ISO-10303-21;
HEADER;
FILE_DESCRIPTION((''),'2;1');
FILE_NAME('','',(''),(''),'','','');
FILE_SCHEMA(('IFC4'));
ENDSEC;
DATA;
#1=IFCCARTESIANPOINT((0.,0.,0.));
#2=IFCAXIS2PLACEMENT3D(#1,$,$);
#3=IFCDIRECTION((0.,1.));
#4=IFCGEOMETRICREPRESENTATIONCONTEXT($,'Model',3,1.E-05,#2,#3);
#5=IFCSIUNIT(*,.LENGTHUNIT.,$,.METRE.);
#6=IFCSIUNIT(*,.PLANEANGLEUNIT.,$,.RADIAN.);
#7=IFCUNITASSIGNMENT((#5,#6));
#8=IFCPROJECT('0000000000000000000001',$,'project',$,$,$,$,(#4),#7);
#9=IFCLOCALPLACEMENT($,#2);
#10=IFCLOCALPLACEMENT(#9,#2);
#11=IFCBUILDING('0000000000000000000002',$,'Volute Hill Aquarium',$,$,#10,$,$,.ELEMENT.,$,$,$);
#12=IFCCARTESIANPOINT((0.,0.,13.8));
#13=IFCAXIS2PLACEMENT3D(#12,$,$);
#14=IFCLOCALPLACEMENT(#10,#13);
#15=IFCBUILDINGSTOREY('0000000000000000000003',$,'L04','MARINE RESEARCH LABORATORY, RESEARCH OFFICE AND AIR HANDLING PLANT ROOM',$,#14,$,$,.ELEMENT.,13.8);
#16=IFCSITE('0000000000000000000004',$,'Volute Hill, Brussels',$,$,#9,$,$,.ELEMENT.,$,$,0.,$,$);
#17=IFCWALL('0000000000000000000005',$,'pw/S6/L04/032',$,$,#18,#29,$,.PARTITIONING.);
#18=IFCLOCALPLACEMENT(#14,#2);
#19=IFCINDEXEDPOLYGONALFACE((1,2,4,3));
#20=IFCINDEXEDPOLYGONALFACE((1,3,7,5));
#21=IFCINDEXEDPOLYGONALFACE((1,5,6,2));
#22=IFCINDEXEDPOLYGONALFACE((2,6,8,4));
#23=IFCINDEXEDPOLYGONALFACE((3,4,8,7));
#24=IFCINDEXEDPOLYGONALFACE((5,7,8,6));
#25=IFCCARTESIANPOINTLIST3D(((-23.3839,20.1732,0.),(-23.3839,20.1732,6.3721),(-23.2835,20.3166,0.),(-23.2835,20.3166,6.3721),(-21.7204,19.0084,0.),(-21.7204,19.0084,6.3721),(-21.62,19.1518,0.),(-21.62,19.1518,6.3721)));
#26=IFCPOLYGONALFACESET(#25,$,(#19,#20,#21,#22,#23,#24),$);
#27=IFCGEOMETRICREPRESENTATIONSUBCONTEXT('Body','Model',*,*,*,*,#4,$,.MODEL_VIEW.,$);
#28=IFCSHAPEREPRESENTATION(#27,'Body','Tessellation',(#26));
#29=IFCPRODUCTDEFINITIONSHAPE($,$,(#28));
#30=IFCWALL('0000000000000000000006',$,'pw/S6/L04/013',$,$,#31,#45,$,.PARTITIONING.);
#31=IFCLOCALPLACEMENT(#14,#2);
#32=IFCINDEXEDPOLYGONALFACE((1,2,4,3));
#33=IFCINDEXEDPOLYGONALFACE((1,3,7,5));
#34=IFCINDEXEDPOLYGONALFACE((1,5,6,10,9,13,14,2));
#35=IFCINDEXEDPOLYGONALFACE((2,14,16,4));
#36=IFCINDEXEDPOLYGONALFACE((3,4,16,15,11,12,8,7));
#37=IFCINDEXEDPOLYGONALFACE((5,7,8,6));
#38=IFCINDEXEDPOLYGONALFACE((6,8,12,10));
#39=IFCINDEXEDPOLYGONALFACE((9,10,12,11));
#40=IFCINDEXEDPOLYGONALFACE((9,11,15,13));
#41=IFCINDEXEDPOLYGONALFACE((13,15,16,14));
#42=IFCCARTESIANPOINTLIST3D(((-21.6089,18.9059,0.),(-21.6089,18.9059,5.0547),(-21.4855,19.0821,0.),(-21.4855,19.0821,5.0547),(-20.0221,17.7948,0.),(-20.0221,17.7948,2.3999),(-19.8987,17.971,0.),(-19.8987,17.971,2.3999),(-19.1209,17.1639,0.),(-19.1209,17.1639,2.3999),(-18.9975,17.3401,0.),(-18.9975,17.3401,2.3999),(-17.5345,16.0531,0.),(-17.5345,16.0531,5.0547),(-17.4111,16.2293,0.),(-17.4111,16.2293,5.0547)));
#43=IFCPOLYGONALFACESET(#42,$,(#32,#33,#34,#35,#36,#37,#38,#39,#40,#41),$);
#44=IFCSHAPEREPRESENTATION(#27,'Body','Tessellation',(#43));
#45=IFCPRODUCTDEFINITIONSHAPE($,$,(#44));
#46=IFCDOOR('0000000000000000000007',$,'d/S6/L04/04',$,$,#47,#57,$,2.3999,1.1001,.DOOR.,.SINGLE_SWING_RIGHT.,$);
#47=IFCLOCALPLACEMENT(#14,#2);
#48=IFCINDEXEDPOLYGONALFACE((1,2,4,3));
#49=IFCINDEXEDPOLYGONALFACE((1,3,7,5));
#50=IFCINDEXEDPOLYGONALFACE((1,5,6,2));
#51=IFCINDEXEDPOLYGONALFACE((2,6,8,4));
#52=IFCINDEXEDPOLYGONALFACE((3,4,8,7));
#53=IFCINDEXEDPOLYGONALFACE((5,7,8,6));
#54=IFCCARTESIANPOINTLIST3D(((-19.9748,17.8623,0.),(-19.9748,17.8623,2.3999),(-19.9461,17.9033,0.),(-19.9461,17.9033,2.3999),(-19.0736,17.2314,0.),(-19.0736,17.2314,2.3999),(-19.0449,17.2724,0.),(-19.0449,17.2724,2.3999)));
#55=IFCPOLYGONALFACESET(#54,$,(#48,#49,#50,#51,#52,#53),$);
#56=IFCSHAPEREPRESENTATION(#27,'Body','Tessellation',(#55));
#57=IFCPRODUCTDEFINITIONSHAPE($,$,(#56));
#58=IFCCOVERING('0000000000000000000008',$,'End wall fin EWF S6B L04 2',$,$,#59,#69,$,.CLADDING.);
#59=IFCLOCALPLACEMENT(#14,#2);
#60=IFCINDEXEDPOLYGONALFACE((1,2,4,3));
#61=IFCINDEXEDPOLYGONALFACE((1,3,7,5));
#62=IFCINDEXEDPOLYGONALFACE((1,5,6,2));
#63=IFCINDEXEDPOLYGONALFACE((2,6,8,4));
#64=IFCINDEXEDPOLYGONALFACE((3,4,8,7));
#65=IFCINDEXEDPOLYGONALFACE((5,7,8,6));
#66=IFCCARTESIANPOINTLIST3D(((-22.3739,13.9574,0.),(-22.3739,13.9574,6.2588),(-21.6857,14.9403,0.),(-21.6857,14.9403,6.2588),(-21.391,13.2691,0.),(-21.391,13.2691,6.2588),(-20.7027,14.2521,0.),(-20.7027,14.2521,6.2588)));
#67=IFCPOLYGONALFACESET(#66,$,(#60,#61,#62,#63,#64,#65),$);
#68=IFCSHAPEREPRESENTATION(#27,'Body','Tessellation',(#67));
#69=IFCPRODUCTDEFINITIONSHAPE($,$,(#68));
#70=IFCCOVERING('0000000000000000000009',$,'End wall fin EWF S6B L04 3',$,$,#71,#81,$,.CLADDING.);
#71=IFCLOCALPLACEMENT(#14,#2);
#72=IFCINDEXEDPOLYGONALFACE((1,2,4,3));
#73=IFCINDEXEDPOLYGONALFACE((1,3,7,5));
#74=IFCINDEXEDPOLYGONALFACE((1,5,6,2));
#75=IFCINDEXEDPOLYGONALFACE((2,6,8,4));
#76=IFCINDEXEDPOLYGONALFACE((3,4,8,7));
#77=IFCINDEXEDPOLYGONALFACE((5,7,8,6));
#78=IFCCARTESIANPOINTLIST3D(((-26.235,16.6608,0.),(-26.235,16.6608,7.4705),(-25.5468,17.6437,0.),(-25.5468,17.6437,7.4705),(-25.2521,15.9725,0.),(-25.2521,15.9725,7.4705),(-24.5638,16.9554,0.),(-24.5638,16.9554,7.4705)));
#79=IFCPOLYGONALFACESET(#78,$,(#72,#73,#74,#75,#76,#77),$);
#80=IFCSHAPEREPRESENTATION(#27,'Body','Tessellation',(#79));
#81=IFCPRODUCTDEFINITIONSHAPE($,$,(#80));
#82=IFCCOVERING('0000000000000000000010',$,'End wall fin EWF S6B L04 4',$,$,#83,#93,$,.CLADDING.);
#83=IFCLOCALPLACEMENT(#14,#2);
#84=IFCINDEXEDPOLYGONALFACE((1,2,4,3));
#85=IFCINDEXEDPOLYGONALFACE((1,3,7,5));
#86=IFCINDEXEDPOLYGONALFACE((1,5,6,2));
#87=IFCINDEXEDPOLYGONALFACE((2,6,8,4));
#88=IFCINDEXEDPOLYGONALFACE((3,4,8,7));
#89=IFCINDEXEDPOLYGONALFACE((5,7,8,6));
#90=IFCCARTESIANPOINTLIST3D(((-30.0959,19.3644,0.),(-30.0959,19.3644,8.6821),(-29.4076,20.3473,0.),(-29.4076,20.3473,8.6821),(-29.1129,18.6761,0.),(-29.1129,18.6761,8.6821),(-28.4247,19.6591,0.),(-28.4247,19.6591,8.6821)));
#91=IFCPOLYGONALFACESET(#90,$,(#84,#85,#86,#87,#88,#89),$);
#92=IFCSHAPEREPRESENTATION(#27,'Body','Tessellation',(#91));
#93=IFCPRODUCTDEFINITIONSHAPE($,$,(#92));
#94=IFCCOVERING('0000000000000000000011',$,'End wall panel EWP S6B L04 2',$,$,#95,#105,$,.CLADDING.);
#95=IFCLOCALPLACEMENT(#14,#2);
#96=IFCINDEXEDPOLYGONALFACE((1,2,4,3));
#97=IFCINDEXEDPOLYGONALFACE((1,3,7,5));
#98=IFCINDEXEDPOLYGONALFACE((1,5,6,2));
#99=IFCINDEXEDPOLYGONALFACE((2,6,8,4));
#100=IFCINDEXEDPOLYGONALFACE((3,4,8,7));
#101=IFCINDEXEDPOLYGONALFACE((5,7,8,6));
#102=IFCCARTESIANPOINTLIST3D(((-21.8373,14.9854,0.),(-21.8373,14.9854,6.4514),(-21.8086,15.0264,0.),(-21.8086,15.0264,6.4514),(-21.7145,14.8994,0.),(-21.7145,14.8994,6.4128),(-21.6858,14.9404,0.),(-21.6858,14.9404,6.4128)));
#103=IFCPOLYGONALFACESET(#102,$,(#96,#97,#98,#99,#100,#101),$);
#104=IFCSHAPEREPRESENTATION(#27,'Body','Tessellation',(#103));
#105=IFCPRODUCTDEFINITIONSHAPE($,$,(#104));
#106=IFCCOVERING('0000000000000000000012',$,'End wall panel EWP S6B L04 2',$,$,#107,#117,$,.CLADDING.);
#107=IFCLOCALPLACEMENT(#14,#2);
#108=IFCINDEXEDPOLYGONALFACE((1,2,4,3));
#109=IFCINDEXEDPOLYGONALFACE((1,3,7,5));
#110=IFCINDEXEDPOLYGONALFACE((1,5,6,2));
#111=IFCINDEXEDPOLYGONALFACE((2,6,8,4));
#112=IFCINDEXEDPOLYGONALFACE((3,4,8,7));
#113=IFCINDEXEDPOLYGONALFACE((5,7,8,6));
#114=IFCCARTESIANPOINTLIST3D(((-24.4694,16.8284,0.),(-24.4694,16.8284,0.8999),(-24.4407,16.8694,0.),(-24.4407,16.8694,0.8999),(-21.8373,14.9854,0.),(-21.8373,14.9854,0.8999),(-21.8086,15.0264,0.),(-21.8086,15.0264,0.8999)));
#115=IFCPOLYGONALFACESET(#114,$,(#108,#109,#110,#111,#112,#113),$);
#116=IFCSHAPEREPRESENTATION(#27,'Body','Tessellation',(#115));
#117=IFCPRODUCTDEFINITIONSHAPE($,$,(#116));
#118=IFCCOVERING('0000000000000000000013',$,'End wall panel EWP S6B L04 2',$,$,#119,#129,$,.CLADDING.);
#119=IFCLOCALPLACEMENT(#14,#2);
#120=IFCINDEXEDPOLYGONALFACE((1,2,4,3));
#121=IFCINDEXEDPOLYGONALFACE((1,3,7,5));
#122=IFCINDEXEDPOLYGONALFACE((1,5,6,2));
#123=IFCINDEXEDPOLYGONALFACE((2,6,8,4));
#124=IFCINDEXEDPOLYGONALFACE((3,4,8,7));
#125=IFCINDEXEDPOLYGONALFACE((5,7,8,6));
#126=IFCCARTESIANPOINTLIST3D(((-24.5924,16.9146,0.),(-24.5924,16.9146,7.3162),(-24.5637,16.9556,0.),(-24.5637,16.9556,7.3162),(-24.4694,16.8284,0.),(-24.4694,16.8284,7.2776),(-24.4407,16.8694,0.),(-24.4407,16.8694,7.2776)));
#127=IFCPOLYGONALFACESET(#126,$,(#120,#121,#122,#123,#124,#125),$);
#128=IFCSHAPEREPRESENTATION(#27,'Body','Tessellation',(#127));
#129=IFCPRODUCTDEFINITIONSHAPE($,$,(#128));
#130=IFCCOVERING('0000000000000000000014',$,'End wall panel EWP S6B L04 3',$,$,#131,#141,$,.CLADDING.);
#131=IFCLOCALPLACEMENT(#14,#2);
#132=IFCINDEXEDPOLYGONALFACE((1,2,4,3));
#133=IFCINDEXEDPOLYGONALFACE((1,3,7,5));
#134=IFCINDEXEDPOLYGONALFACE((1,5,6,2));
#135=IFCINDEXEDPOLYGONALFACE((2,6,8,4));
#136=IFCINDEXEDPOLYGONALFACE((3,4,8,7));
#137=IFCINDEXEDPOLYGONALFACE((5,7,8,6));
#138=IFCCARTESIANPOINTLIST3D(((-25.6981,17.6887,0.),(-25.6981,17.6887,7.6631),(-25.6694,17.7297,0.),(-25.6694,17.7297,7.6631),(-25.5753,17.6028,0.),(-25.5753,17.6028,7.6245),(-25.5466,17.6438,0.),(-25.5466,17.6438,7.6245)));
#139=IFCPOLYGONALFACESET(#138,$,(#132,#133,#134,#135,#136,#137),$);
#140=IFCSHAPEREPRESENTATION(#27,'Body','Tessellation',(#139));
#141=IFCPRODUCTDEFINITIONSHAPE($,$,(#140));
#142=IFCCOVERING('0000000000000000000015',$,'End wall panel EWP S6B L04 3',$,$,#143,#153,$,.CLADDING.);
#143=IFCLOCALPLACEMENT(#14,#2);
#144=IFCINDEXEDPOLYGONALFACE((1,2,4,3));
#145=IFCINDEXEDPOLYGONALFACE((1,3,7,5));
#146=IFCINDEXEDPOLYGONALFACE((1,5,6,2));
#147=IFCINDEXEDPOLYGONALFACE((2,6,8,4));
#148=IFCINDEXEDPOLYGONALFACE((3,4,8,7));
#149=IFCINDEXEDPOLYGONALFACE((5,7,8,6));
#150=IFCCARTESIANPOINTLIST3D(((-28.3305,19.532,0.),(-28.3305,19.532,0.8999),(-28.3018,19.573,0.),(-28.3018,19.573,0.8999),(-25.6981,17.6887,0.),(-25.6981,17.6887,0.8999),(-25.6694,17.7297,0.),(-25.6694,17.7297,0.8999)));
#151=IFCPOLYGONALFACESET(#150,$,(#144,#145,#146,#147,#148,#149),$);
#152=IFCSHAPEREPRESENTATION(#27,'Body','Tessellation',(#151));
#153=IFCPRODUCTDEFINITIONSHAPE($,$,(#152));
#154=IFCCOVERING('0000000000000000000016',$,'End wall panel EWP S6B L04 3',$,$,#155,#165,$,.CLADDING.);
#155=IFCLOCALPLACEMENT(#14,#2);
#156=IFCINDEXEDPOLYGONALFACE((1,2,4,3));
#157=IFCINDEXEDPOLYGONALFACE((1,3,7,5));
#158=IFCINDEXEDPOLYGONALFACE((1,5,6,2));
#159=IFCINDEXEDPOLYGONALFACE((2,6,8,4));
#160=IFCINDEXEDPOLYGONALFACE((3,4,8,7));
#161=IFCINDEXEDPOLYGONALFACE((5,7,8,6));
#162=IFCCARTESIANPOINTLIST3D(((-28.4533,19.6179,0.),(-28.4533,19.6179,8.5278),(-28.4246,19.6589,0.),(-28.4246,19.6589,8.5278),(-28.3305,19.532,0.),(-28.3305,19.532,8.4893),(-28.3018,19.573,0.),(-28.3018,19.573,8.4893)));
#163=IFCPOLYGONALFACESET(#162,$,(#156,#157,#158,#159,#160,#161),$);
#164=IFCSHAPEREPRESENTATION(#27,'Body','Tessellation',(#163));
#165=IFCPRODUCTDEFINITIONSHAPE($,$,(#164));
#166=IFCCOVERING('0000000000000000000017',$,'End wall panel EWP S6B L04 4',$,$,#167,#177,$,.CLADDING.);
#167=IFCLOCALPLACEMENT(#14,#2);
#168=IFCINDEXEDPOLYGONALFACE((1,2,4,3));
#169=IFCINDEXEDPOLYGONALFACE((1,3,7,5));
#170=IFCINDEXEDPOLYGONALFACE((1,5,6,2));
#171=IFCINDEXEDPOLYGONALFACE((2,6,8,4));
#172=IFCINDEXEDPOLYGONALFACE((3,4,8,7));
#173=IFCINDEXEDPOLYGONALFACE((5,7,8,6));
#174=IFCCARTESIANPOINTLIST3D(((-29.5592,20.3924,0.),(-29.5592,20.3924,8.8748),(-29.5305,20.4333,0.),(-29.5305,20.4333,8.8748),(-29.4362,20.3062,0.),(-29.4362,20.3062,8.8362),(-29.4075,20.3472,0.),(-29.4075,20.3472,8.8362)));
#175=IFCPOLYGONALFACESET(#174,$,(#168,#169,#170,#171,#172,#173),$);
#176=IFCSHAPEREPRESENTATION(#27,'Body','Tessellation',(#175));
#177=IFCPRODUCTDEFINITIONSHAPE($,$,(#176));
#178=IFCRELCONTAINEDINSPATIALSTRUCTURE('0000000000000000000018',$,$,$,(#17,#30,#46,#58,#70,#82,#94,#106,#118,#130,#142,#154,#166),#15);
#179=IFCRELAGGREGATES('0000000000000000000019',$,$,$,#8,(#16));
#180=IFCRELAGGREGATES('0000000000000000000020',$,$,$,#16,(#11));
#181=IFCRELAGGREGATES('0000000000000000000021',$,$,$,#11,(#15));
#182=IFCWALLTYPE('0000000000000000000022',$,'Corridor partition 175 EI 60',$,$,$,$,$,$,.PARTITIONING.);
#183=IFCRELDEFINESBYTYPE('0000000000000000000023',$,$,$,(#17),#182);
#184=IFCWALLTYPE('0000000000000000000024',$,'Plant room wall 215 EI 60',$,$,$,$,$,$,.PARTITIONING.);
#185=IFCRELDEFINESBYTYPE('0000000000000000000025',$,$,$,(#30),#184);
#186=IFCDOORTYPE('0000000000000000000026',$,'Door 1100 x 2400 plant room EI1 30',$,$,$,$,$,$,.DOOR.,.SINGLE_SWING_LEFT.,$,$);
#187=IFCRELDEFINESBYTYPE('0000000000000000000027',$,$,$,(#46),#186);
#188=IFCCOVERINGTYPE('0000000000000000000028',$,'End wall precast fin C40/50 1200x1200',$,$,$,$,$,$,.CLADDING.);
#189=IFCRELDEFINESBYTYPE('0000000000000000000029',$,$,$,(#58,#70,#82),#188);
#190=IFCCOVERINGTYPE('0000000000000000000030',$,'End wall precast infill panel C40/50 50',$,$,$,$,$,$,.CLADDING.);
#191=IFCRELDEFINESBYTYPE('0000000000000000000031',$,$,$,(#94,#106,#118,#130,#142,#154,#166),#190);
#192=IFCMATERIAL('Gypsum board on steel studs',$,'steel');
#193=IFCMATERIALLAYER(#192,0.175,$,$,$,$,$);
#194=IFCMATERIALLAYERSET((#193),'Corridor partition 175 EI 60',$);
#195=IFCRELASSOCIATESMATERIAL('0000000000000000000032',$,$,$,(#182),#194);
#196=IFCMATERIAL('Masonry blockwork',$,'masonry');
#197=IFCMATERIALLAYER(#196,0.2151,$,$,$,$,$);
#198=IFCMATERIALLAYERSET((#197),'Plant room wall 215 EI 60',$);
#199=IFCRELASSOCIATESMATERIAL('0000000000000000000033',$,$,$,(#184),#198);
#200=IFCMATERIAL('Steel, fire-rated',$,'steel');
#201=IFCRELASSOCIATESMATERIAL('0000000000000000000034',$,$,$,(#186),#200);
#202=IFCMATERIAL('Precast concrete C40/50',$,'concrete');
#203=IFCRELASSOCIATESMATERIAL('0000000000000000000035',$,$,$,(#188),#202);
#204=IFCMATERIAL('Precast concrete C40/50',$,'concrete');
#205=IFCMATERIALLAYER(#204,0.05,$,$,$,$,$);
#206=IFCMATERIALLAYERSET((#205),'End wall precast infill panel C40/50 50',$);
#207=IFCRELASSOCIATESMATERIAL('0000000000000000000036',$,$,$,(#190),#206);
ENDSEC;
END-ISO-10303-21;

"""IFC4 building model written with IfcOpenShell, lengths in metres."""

from ifc_helpers import new_model, si_unit, direction, frame, frame_2d, origin, origin_2d, place, context, subcontext, project, spatial, polyline, rectangle, outline, extrude, material, layer, layer_set, type_object, element, fill, save


model = new_model("IFC4")

# Units and contexts
model_context = context("Model", 3, precision=1e-05, world=origin(), true_north=direction((0.0, 1.0)))
body_context = subcontext(model_context, "Body", "Model", "MODEL_VIEW")
ifc_project = project(units=[si_unit("LENGTHUNIT", "METRE"), si_unit("PLANEANGLEUNIT", "RADIAN")], contexts=[model_context])

# Site, building, storey
site_placement = place(None, origin())
site = spatial("IfcSite", under=ifc_project, at=site_placement, Name="Volute Hill, Brussels", CompositionType="ELEMENT", RefElevation=0.0)
building_placement = place(site_placement, origin())
building = spatial("IfcBuilding", under=site, at=building_placement, Name="Volute Hill Aquarium", CompositionType="ELEMENT")
storey_placement = place(building_placement, frame((0.0, 0.0, 13.8)))
storey = spatial("IfcBuildingStorey", under=building, at=storey_placement, Name="L04", Description="MARINE RESEARCH LABORATORY, RESEARCH OFFICE AND AIR HANDLING PLANT ROOM", CompositionType="ELEMENT", Elevation=13.8)

# Wall
ifc_material_1 = material(Name="Gypsum board on steel studs", Category="steel")
ifc_layer_1 = layer(ifc_material_1, 0.175)
ifc_layer_set_1 = layer_set([ifc_layer_1], Name="Corridor partition 175 EI 60")
wall_type_1 = type_object("IfcWallType", Name="Corridor partition 175 EI 60", PredefinedType="PARTITIONING", material=ifc_layer_set_1)
wall_1_placement = place(storey_placement, frame((-23.3337, 20.2449, 0.0), z_axis=(0.0, 0.0, 1.0), x_axis=(0.819164, -0.573559, 0.0)))
element("IfcWall", 1, at=wall_1_placement, inside=storey, type_object=wall_type_1, Name="pw/S6/L04/032", PredefinedType="PARTITIONING", context=body_context, shape_type="SweptSolid", body=[
    extrude(rectangle(XDim=2.0308, YDim=0.175, at=frame_2d((1.0154, 0.0))), origin(), (0.0, 0.0, 1.0), 6.3721),
])

# Wall, opening, door
ifc_material_2 = material(Name="Masonry blockwork", Category="masonry")
ifc_layer_2 = layer(ifc_material_2, 0.2151)
ifc_layer_set_2 = layer_set([ifc_layer_2], Name="Plant room wall 215 EI 60")
wall_type_2 = type_object("IfcWallType", Name="Plant room wall 215 EI 60", PredefinedType="PARTITIONING", material=ifc_layer_set_2)
wall_2_placement = place(storey_placement, frame((-21.5471, 18.9939, 0.0), z_axis=(0.0, 0.0, 1.0), x_axis=(0.81917, -0.573551, 0.0)))
wall_2 = element("IfcWall", 2, at=wall_2_placement, inside=storey, type_object=wall_type_2, Name="pw/S6/L04/013", PredefinedType="PARTITIONING", context=body_context, shape_type="SweptSolid", body=[
    extrude(rectangle(XDim=4.9739, YDim=0.2151, at=frame_2d((2.4868, 0.0))), origin(), (0.0, 0.0, 1.0), 5.0547),
])
opening_placement = place(wall_2_placement, frame((1.937, 0.0, 0.0)))
opening = element("IfcOpeningElement", 3, at=opening_placement, cuts=wall_2, PredefinedType="OPENING", context=body_context, shape_type="SweptSolid", body=[
    extrude(rectangle(XDim=1.1001, YDim=2.3999, at=frame_2d((0.55, 1.2))), frame((0.0, 0.1174, 0.0), z_axis=(0.0, -1.0, 0.0), x_axis=(1.0, 0.0, 0.0)), (0.0, 0.0, 1.0), 0.2351),
])
ifc_material_3 = material(Name="Steel, fire-rated", Category="steel")
door_type = type_object("IfcDoorType", Name="Door 1100 x 2400 plant room EI1 30", OperationType="SINGLE_SWING_LEFT", PredefinedType="DOOR", material=ifc_material_3)
door_placement = place(opening_placement, origin())
door = element("IfcDoor", 4, at=door_placement, inside=storey, type_object=door_type, Name="d/S6/L04/04", OperationType="SINGLE_SWING_RIGHT", OverallHeight=2.3999, OverallWidth=1.1001, PredefinedType="DOOR", context=body_context, shape_type="SweptSolid", body=[
    extrude(rectangle(XDim=1.1001, YDim=2.3999, at=frame_2d((0.55, 1.2))), frame((0.0, 0.0249, 0.0), z_axis=(0.0, -1.0, 0.0), x_axis=(1.0, 0.0, 0.0)), (0.0, 0.0, 1.0), 0.05),
])
fill(opening, door)

# Coverings
ifc_material_4 = material(Name="Precast concrete C40/50", Category="concrete")
covering_type_1 = type_object("IfcCoveringType", Name="End wall precast fin C40/50 1200x1200", PredefinedType="CLADDING", material=ifc_material_4)
covering_1_placement = place(storey_placement, frame((-21.5383, 14.1047, 0.0), z_axis=(0.0, 0.0, 1.0), x_axis=(-0.819151, 0.573577, 0.0)))
element("IfcCovering", 5, at=covering_1_placement, inside=storey, type_object=covering_type_1, Name="End wall fin EWF S6B L04 2", PredefinedType="CLADDING", context=body_context, shape_type="SweptSolid", body=[
    extrude(rectangle(XDim=1.2, YDim=1.2, at=origin_2d()), origin(), (0.0, 0.0, 1.0), 6.2588),
])
covering_2_placement = place(storey_placement, frame((-25.3994, 16.8081, 0.0), z_axis=(0.0, 0.0, 1.0), x_axis=(-0.819151, 0.573577, 0.0)))
element("IfcCovering", 6, at=covering_2_placement, inside=storey, type_object=covering_type_1, Name="End wall fin EWF S6B L04 3", PredefinedType="CLADDING", context=body_context, shape_type="SweptSolid", body=[
    extrude(rectangle(XDim=1.2, YDim=1.2, at=origin_2d()), origin(), (0.0, 0.0, 1.0), 7.4705),
])
covering_3_placement = place(storey_placement, frame((-29.2603, 19.5117, 0.0), z_axis=(0.0, 0.0, 1.0), x_axis=(-0.819151, 0.573577, 0.0)))
element("IfcCovering", 7, at=covering_3_placement, inside=storey, type_object=covering_type_1, Name="End wall fin EWF S6B L04 4", PredefinedType="CLADDING", context=body_context, shape_type="SweptSolid", body=[
    extrude(rectangle(XDim=1.2, YDim=1.2, at=origin_2d()), origin(), (0.0, 0.0, 1.0), 8.6821),
])
ifc_material_5 = material(Name="Precast concrete C40/50", Category="concrete")
ifc_layer_3 = layer(ifc_material_5, 0.05)
ifc_layer_set_3 = layer_set([ifc_layer_3], Name="End wall precast infill panel C40/50 50")
covering_type_2 = type_object("IfcCoveringType", Name="End wall precast infill panel C40/50 50", PredefinedType="CLADDING", material=ifc_layer_set_3)
covering_4_placement = place(storey_placement, frame((-21.6858, 14.9404, 0.0), z_axis=(0.573353, 0.819308, 0.0), x_axis=(-0.819308, 0.573353, 0.0)))
element("IfcCovering", 8, at=covering_4_placement, inside=storey, type_object=covering_type_2, Name="End wall panel EWP S6B L04 2", PredefinedType="CLADDING", context=body_context, shape_type="SweptSolid", body=[
    extrude(outline(polyline([(0.0, 0.0), (0.1499, 0.0), (0.1499, 6.4514), (0.0, 6.4128), (0.0, 0.0)])), origin(), (0.0, 0.0, -1.0), 0.05),
])
covering_5_placement = place(storey_placement, frame((-21.8086, 15.0264, 0.0), z_axis=(0.57358, 0.81915, 0.0), x_axis=(-0.81915, 0.57358, 0.0)))
element("IfcCovering", 9, at=covering_5_placement, inside=storey, type_object=covering_type_2, Name="End wall panel EWP S6B L04 2", PredefinedType="CLADDING", context=body_context, shape_type="SweptSolid", body=[
    extrude(outline(polyline([(0.0, 0.0), (3.2132, 0.0), (3.2132, 0.8999), (0.0, 0.8999), (0.0, 0.0)])), origin(), (0.0, 0.0, -1.0), 0.05),
])
covering_6_placement = place(storey_placement, frame((-24.4407, 16.8694, 0.0), z_axis=(0.57368, 0.819079, 0.0), x_axis=(-0.819079, 0.57368, 0.0)))
element("IfcCovering", 10, at=covering_6_placement, inside=storey, type_object=covering_type_2, Name="End wall panel EWP S6B L04 2", PredefinedType="CLADDING", context=body_context, shape_type="SweptSolid", body=[
    extrude(outline(polyline([(0.0, 0.0), (0.1502, 0.0), (0.1502, 7.3162), (0.0, 7.2776), (0.0, 0.0)])), origin(), (0.0, 0.0, -1.0), 0.05),
])
covering_7_placement = place(storey_placement, frame((-25.5466, 17.6438, 0.0), z_axis=(0.573353, 0.819308, 0.0), x_axis=(-0.819308, 0.573353, 0.0)))
element("IfcCovering", 11, at=covering_7_placement, inside=storey, type_object=covering_type_2, Name="End wall panel EWP S6B L04 3", PredefinedType="CLADDING", context=body_context, shape_type="SweptSolid", body=[
    extrude(outline(polyline([(0.0, 0.0), (0.1499, 0.0), (0.1499, 7.6631), (0.0, 7.6245), (0.0, 0.0)])), origin(), (0.0, 0.0, -1.0), 0.05),
])
covering_8_placement = place(storey_placement, frame((-25.6694, 17.7297, 0.0), z_axis=(0.573595, 0.819139, 0.0), x_axis=(-0.819139, 0.573595, 0.0)))
element("IfcCovering", 12, at=covering_8_placement, inside=storey, type_object=covering_type_2, Name="End wall panel EWP S6B L04 3", PredefinedType="CLADDING", context=body_context, shape_type="SweptSolid", body=[
    extrude(outline(polyline([(0.0, 0.0), (3.2135, 0.0), (3.2135, 0.8999), (0.0, 0.8999), (0.0, 0.0)])), origin(), (0.0, 0.0, -1.0), 0.05),
])
covering_9_placement = place(storey_placement, frame((-28.3018, 19.573, 0.0), z_axis=(0.573353, 0.819308, 0.0), x_axis=(-0.819308, 0.573353, 0.0)))
element("IfcCovering", 13, at=covering_9_placement, inside=storey, type_object=covering_type_2, Name="End wall panel EWP S6B L04 3", PredefinedType="CLADDING", context=body_context, shape_type="SweptSolid", body=[
    extrude(outline(polyline([(0.0, 0.0), (0.1499, 0.0), (0.1499, 8.5278), (0.0, 8.4893), (0.0, 0.0)])), origin(), (0.0, 0.0, -1.0), 0.05),
])
covering_10_placement = place(storey_placement, frame((-29.4075, 20.3472, 0.0), z_axis=(0.57368, 0.819079, 0.0), x_axis=(-0.819079, 0.57368, 0.0)))
element("IfcCovering", 14, at=covering_10_placement, inside=storey, type_object=covering_type_2, Name="End wall panel EWP S6B L04 4", PredefinedType="CLADDING", context=body_context, shape_type="SweptSolid", body=[
    extrude(outline(polyline([(0.0, 0.0), (0.1502, 0.0), (0.1502, 8.8748), (0.0, 8.8362), (0.0, 0.0)])), origin(), (0.0, 0.0, -1.0), 0.05),
])

save(model, "model.ifc")
